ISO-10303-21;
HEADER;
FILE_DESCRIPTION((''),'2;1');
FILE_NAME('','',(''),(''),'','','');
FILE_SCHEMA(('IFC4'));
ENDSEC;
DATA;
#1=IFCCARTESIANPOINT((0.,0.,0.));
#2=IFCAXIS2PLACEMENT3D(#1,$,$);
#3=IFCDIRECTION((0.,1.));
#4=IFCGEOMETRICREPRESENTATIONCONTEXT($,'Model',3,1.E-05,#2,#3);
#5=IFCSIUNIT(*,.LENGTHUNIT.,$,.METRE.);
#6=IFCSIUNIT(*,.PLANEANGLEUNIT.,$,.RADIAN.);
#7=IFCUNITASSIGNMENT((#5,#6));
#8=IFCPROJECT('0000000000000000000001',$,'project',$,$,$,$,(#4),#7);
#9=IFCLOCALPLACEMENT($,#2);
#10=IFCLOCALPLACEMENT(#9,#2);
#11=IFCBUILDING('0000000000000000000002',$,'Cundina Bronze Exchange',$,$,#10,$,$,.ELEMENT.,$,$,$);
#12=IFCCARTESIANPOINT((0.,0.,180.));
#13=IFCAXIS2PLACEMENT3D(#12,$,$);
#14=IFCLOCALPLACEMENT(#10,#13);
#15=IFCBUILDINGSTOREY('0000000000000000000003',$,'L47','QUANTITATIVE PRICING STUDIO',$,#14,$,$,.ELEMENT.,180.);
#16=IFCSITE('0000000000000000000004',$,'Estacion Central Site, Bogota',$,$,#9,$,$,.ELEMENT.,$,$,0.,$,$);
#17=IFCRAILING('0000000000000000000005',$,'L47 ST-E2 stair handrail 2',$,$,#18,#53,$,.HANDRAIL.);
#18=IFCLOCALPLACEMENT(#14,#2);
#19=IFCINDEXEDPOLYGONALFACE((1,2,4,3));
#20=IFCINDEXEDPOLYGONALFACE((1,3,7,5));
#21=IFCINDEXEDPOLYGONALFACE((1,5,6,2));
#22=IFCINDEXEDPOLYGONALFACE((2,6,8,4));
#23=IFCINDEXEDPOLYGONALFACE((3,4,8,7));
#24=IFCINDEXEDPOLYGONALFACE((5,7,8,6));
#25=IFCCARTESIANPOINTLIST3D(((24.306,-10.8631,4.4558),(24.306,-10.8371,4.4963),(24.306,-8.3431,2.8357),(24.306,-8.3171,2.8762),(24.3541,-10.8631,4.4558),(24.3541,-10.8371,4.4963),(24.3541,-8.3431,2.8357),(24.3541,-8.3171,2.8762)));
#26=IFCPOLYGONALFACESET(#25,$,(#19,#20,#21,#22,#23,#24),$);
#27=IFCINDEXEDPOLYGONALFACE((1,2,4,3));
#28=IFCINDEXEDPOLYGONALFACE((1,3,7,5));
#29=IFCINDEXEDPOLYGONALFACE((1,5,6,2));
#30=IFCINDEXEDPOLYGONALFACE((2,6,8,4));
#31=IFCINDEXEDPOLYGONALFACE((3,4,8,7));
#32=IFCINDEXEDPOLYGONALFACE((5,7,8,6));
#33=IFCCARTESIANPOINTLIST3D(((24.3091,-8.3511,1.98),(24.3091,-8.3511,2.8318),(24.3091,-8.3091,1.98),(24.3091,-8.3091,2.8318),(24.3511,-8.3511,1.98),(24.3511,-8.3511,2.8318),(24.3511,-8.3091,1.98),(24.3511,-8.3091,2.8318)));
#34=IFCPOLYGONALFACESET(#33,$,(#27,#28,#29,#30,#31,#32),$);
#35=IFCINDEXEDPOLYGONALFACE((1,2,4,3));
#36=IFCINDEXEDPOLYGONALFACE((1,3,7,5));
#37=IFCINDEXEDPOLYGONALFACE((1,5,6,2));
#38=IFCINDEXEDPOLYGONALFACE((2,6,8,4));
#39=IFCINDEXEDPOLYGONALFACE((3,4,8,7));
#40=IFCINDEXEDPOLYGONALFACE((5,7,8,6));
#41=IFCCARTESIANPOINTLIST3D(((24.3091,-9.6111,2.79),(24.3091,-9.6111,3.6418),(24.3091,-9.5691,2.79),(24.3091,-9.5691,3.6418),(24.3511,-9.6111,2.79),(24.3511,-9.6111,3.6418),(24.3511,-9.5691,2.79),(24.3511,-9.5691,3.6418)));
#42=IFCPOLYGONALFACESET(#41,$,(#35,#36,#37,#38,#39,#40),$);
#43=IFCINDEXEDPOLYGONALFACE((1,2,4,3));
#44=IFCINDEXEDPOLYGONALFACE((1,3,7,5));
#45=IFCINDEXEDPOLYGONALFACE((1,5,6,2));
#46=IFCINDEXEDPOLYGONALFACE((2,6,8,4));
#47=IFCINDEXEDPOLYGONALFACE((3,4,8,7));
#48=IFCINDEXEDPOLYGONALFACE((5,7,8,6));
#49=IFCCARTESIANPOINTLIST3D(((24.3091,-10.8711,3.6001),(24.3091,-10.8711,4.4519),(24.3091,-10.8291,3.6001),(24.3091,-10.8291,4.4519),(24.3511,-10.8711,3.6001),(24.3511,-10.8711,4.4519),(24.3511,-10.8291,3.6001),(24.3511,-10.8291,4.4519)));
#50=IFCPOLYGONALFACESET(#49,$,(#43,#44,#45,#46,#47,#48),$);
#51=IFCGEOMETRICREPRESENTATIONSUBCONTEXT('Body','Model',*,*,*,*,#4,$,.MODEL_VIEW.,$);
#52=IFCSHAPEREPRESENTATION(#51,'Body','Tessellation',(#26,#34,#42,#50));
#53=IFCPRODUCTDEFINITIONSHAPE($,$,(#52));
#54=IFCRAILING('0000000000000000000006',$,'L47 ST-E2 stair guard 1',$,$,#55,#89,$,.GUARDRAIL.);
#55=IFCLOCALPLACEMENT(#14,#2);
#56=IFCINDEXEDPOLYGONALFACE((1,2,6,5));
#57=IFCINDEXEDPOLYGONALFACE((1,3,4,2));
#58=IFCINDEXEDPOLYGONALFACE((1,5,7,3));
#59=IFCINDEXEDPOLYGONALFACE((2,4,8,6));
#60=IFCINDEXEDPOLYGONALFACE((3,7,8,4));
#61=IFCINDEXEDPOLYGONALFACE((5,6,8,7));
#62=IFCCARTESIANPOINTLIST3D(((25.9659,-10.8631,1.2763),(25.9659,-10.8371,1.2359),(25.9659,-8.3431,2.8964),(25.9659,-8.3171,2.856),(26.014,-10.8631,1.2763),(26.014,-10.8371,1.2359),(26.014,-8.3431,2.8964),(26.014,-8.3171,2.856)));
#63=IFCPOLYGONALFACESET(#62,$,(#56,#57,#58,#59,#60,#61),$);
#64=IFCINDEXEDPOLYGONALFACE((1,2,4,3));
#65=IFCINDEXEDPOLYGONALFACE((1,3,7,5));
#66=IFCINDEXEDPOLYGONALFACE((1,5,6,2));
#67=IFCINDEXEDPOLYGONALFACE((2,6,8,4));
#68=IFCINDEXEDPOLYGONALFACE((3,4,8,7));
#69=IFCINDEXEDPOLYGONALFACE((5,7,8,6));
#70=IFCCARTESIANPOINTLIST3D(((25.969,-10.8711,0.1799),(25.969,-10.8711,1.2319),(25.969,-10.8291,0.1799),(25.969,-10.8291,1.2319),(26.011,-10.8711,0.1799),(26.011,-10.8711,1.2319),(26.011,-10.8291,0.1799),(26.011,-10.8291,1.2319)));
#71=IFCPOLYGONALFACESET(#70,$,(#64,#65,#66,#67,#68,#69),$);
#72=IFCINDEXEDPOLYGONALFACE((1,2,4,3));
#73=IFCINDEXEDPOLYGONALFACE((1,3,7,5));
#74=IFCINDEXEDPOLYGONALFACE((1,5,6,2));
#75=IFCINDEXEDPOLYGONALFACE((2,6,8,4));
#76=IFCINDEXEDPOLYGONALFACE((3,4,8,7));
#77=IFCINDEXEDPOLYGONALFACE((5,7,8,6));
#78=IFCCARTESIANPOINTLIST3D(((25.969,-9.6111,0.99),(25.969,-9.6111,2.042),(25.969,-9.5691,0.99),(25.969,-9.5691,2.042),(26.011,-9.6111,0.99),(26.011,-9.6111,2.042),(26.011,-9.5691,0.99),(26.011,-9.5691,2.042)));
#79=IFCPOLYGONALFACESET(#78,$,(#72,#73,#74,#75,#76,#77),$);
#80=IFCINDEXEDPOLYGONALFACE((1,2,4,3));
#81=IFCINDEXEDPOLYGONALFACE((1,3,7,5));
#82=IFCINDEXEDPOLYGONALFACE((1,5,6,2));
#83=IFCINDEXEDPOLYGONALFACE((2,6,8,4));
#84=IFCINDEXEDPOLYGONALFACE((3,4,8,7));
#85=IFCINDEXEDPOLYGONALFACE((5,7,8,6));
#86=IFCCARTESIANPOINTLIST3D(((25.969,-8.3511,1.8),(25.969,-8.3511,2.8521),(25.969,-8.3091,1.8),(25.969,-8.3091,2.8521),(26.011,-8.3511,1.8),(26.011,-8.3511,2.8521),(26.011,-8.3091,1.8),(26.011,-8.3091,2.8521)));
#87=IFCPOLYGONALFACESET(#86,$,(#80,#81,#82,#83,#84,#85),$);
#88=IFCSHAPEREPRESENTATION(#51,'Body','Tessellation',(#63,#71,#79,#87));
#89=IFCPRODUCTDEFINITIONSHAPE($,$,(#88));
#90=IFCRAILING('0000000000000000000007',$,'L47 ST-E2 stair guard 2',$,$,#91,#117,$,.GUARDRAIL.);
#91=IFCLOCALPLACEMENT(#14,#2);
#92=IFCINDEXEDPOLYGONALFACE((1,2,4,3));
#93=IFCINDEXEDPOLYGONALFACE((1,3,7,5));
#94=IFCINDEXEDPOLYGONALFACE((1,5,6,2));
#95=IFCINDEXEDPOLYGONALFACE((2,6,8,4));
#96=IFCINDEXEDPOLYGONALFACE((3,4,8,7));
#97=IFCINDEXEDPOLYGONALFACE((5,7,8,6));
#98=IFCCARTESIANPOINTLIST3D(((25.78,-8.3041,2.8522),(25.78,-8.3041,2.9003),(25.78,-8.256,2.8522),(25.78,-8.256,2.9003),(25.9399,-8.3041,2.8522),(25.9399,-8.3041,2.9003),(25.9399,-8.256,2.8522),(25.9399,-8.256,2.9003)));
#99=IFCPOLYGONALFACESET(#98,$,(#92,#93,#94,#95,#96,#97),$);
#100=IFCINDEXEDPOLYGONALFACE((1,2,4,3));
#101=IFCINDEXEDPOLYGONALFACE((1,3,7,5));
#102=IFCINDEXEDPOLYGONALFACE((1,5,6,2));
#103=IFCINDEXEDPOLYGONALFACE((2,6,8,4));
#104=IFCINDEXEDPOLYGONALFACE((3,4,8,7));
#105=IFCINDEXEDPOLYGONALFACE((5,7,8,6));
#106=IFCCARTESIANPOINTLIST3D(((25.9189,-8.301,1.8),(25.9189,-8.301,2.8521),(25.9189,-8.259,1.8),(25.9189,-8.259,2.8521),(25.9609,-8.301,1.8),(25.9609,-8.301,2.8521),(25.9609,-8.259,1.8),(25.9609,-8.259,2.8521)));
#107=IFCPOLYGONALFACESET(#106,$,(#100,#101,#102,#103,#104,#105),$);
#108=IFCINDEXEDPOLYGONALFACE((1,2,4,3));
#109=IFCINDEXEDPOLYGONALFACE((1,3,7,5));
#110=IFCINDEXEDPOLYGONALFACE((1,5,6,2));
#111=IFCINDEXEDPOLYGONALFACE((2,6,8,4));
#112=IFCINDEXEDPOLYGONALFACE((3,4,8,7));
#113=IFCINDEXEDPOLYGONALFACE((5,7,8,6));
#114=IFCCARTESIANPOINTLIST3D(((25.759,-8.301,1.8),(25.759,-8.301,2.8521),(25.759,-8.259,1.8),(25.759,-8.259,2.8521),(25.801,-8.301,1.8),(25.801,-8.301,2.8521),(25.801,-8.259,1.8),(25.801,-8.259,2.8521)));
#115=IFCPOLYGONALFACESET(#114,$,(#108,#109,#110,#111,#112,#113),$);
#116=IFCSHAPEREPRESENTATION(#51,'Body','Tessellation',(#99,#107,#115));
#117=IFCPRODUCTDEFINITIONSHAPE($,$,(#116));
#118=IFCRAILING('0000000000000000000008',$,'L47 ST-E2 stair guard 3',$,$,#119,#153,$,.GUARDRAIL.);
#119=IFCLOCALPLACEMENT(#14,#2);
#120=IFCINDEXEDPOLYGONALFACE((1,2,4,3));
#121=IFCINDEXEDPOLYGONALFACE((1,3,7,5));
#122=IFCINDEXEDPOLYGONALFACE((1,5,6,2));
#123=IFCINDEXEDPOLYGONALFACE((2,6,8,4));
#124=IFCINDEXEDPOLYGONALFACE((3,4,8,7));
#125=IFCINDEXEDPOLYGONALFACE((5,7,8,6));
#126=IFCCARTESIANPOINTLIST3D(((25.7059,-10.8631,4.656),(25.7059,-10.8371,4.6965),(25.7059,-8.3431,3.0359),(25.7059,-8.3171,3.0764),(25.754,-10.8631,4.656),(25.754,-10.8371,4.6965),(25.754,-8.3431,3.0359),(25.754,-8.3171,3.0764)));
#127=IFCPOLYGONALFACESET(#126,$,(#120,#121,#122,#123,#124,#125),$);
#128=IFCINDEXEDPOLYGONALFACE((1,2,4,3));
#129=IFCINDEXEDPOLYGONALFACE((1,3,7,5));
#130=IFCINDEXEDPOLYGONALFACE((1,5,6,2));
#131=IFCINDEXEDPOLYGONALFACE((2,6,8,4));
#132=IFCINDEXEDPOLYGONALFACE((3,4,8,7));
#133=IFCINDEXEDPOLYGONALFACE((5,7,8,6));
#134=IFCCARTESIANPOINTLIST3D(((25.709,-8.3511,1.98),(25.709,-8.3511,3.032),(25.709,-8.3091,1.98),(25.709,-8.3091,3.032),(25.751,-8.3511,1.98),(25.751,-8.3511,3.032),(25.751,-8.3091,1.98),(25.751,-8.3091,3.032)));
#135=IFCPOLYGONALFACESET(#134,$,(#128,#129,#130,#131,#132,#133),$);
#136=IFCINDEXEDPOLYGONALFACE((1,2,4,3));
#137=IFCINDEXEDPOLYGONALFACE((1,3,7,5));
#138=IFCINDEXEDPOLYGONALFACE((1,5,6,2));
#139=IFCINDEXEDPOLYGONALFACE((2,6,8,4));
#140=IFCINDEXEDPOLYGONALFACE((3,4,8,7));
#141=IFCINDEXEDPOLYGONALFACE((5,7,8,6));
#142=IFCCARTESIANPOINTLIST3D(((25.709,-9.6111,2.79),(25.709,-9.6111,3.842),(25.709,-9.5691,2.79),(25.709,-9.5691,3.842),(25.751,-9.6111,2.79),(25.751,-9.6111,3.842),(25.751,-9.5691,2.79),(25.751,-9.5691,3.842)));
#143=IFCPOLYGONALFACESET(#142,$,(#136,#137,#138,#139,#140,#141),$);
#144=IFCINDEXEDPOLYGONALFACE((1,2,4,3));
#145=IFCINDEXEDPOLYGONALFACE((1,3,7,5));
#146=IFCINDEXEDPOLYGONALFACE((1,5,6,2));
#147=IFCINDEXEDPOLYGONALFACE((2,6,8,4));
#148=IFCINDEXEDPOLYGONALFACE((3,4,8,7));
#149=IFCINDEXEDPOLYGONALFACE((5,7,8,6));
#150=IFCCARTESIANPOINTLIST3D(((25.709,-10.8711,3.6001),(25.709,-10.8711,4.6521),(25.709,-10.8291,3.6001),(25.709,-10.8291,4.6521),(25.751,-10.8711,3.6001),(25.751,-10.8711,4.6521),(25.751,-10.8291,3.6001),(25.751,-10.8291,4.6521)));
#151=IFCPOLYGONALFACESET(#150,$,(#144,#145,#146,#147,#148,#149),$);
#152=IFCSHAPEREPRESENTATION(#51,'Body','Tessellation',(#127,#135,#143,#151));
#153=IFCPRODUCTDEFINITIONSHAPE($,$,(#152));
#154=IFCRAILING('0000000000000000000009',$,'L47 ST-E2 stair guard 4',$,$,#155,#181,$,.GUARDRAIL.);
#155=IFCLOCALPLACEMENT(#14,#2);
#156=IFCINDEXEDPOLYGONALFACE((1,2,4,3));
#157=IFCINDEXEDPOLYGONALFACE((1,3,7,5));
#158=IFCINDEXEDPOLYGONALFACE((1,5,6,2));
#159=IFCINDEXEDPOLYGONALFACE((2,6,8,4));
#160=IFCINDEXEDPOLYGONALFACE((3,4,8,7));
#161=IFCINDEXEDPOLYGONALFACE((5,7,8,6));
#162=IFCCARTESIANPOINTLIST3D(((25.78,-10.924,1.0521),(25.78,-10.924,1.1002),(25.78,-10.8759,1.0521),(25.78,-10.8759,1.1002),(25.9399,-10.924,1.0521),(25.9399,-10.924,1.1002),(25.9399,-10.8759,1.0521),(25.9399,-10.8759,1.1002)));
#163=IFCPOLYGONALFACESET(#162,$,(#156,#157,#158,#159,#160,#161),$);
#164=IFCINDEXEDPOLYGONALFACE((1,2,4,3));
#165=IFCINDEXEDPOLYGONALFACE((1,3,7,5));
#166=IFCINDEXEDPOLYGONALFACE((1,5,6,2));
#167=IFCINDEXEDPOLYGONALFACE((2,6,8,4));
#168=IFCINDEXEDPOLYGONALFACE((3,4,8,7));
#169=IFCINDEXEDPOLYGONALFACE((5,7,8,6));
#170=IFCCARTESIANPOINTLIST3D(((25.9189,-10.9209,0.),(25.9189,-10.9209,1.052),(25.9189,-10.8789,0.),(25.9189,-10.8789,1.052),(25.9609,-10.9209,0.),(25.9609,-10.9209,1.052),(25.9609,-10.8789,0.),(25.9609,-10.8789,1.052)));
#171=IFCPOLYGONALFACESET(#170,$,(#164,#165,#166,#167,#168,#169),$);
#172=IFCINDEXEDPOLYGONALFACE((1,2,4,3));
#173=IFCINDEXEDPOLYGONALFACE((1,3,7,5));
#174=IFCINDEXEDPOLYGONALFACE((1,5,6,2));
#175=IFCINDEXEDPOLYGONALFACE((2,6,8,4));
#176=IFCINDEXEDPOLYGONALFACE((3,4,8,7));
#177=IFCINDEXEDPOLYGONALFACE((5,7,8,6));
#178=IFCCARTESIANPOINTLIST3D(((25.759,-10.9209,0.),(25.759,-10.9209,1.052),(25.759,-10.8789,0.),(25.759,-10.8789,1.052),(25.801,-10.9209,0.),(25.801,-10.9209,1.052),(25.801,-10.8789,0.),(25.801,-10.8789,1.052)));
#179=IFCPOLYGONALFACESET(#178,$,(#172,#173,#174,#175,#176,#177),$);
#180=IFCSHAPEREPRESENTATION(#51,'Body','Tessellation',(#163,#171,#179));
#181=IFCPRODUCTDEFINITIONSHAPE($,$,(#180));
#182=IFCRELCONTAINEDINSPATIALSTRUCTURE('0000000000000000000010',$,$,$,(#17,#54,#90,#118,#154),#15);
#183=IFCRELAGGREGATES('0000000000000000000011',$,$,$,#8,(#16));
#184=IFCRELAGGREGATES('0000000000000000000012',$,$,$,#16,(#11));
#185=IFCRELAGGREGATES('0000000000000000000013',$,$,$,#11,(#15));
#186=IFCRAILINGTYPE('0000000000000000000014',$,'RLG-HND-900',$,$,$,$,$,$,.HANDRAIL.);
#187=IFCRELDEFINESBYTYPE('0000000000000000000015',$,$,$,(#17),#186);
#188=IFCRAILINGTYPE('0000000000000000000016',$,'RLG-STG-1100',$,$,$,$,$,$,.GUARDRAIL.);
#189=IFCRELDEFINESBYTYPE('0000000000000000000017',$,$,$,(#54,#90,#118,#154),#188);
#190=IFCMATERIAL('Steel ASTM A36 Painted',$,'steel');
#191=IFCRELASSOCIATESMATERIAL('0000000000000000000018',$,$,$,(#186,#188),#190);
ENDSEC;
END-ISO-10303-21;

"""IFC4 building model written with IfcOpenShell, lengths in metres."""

from ifc_helpers import new_model, si_unit, direction, frame, origin, origin_2d, place, context, subcontext, project, spatial, rectangle, extrude, material, type_object, element, save


model = new_model("IFC4")

# Units and contexts
model_context = context("Model", 3, precision=1e-05, world=origin(), true_north=direction((0.0, 1.0)))
body_context = subcontext(model_context, "Body", "Model", "MODEL_VIEW")
ifc_project = project(units=[si_unit("LENGTHUNIT", "METRE"), si_unit("PLANEANGLEUNIT", "RADIAN")], contexts=[model_context])

# Site, building, storey
site_placement = place(None, origin())
site = spatial("IfcSite", under=ifc_project, at=site_placement, Name="Estacion Central Site, Bogota", CompositionType="ELEMENT", RefElevation=0.0)
building_placement = place(site_placement, origin())
building = spatial("IfcBuilding", under=site, at=building_placement, Name="Cundina Bronze Exchange", CompositionType="ELEMENT")
storey_placement = place(building_placement, frame((0.0, 0.0, 180.0)))
storey = spatial("IfcBuildingStorey", under=building, at=storey_placement, Name="L47", Description="QUANTITATIVE PRICING STUDIO", CompositionType="ELEMENT", Elevation=180.0)

# Shared definitions
ifc_material_1 = material(Name="Steel ASTM A36 Painted", Category="steel")

# Railings
railing_type_1 = type_object("IfcRailingType", Name="RLG-HND-900", PredefinedType="HANDRAIL", material=ifc_material_1)
railing_1_placement = place(storey_placement, frame((24.3301, -8.3301, 1.98)))
element("IfcRailing", 1, at=railing_1_placement, inside=storey, type_object=railing_type_1, Name="L47 ST-E2 stair handrail 2", PredefinedType="HANDRAIL", context=body_context, shape_type="SweptSolid", body=[
    extrude(rectangle(XDim=0.0481, YDim=0.0481, at=origin_2d()), frame((0.0, 0.0, 0.876), z_axis=(0.0, -0.841163, 0.540782), x_axis=(1.0, 0.0, 0.0)), (0.0, 0.0, 1.0), 2.9958),
    extrude(rectangle(XDim=0.042, YDim=0.042, at=origin_2d()), origin(), (0.0, 0.0, 1.0), 0.8518),
    extrude(rectangle(XDim=0.042, YDim=0.042, at=origin_2d()), frame((0.0, -1.26, 0.8101)), (0.0, 0.0, 1.0), 0.8518),
    extrude(rectangle(XDim=0.042, YDim=0.042, at=origin_2d()), frame((0.0, -2.52, 1.6201)), (0.0, 0.0, 1.0), 0.8518),
])
railing_type_2 = type_object("IfcRailingType", Name="RLG-STG-1100", PredefinedType="GUARDRAIL", material=ifc_material_1)
railing_2_placement = place(storey_placement, frame((25.99, -10.8501, 0.1799)))
element("IfcRailing", 2, at=railing_2_placement, inside=storey, type_object=railing_type_2, Name="L47 ST-E2 stair guard 1", PredefinedType="GUARDRAIL", context=body_context, shape_type="SweptSolid", body=[
    extrude(rectangle(XDim=0.0481, YDim=0.0481, at=origin_2d()), frame((0.0, 0.0, 1.0762), z_axis=(0.0, 0.841163, 0.540782), x_axis=(-1.0, 0.0, 0.0)), (0.0, 0.0, 1.0), 2.9958),
    extrude(rectangle(XDim=0.042, YDim=0.042, at=origin_2d()), origin(), (0.0, 0.0, 1.0), 1.052),
    extrude(rectangle(XDim=0.042, YDim=0.042, at=origin_2d()), frame((0.0, 1.26, 0.8101)), (0.0, 0.0, 1.0), 1.052),
    extrude(rectangle(XDim=0.042, YDim=0.042, at=origin_2d()), frame((0.0, 2.52, 1.6201)), (0.0, 0.0, 1.0), 1.052),
])
railing_3_placement = place(storey_placement, frame((25.9399, -8.28, 1.8)))
element("IfcRailing", 3, at=railing_3_placement, inside=storey, type_object=railing_type_2, Name="L47 ST-E2 stair guard 2", PredefinedType="GUARDRAIL", context=body_context, shape_type="SweptSolid", body=[
    extrude(rectangle(XDim=0.0481, YDim=0.0481, at=origin_2d()), frame((0.0, 0.0, 1.0762), z_axis=(-1.0, 0.0, 0.0), x_axis=(0.0, -1.0, 0.0)), (0.0, 0.0, 1.0), 0.1599),
    extrude(rectangle(XDim=0.042, YDim=0.042, at=origin_2d()), origin(), (0.0, 0.0, 1.0), 1.052),
    extrude(rectangle(XDim=0.042, YDim=0.042, at=origin_2d()), frame((-0.1599, 0.0, 0.0)), (0.0, 0.0, 1.0), 1.052),
])
railing_4_placement = place(storey_placement, frame((25.73, -8.3301, 1.98)))
element("IfcRailing", 4, at=railing_4_placement, inside=storey, type_object=railing_type_2, Name="L47 ST-E2 stair guard 3", PredefinedType="GUARDRAIL", context=body_context, shape_type="SweptSolid", body=[
    extrude(rectangle(XDim=0.0481, YDim=0.0481, at=origin_2d()), frame((0.0, 0.0, 1.0762), z_axis=(0.0, -0.841163, 0.540782), x_axis=(1.0, 0.0, 0.0)), (0.0, 0.0, 1.0), 2.9958),
    extrude(rectangle(XDim=0.042, YDim=0.042, at=origin_2d()), origin(), (0.0, 0.0, 1.0), 1.052),
    extrude(rectangle(XDim=0.042, YDim=0.042, at=origin_2d()), frame((0.0, -1.26, 0.8101)), (0.0, 0.0, 1.0), 1.052),
    extrude(rectangle(XDim=0.042, YDim=0.042, at=origin_2d()), frame((0.0, -2.52, 1.6201)), (0.0, 0.0, 1.0), 1.052),
])
railing_5_placement = place(storey_placement, frame((25.9399, -10.8999, 0.0)))
element("IfcRailing", 5, at=railing_5_placement, inside=storey, type_object=railing_type_2, Name="L47 ST-E2 stair guard 4", PredefinedType="GUARDRAIL", context=body_context, shape_type="SweptSolid", body=[
    extrude(rectangle(XDim=0.0481, YDim=0.0481, at=origin_2d()), frame((0.0, 0.0, 1.0762), z_axis=(-1.0, 0.0, 0.0), x_axis=(0.0, -1.0, 0.0)), (0.0, 0.0, 1.0), 0.1599),
    extrude(rectangle(XDim=0.042, YDim=0.042, at=origin_2d()), origin(), (0.0, 0.0, 1.0), 1.052),
    extrude(rectangle(XDim=0.042, YDim=0.042, at=origin_2d()), frame((-0.1599, 0.0, 0.0)), (0.0, 0.0, 1.0), 1.052),
])

save(model, "model.ifc")
